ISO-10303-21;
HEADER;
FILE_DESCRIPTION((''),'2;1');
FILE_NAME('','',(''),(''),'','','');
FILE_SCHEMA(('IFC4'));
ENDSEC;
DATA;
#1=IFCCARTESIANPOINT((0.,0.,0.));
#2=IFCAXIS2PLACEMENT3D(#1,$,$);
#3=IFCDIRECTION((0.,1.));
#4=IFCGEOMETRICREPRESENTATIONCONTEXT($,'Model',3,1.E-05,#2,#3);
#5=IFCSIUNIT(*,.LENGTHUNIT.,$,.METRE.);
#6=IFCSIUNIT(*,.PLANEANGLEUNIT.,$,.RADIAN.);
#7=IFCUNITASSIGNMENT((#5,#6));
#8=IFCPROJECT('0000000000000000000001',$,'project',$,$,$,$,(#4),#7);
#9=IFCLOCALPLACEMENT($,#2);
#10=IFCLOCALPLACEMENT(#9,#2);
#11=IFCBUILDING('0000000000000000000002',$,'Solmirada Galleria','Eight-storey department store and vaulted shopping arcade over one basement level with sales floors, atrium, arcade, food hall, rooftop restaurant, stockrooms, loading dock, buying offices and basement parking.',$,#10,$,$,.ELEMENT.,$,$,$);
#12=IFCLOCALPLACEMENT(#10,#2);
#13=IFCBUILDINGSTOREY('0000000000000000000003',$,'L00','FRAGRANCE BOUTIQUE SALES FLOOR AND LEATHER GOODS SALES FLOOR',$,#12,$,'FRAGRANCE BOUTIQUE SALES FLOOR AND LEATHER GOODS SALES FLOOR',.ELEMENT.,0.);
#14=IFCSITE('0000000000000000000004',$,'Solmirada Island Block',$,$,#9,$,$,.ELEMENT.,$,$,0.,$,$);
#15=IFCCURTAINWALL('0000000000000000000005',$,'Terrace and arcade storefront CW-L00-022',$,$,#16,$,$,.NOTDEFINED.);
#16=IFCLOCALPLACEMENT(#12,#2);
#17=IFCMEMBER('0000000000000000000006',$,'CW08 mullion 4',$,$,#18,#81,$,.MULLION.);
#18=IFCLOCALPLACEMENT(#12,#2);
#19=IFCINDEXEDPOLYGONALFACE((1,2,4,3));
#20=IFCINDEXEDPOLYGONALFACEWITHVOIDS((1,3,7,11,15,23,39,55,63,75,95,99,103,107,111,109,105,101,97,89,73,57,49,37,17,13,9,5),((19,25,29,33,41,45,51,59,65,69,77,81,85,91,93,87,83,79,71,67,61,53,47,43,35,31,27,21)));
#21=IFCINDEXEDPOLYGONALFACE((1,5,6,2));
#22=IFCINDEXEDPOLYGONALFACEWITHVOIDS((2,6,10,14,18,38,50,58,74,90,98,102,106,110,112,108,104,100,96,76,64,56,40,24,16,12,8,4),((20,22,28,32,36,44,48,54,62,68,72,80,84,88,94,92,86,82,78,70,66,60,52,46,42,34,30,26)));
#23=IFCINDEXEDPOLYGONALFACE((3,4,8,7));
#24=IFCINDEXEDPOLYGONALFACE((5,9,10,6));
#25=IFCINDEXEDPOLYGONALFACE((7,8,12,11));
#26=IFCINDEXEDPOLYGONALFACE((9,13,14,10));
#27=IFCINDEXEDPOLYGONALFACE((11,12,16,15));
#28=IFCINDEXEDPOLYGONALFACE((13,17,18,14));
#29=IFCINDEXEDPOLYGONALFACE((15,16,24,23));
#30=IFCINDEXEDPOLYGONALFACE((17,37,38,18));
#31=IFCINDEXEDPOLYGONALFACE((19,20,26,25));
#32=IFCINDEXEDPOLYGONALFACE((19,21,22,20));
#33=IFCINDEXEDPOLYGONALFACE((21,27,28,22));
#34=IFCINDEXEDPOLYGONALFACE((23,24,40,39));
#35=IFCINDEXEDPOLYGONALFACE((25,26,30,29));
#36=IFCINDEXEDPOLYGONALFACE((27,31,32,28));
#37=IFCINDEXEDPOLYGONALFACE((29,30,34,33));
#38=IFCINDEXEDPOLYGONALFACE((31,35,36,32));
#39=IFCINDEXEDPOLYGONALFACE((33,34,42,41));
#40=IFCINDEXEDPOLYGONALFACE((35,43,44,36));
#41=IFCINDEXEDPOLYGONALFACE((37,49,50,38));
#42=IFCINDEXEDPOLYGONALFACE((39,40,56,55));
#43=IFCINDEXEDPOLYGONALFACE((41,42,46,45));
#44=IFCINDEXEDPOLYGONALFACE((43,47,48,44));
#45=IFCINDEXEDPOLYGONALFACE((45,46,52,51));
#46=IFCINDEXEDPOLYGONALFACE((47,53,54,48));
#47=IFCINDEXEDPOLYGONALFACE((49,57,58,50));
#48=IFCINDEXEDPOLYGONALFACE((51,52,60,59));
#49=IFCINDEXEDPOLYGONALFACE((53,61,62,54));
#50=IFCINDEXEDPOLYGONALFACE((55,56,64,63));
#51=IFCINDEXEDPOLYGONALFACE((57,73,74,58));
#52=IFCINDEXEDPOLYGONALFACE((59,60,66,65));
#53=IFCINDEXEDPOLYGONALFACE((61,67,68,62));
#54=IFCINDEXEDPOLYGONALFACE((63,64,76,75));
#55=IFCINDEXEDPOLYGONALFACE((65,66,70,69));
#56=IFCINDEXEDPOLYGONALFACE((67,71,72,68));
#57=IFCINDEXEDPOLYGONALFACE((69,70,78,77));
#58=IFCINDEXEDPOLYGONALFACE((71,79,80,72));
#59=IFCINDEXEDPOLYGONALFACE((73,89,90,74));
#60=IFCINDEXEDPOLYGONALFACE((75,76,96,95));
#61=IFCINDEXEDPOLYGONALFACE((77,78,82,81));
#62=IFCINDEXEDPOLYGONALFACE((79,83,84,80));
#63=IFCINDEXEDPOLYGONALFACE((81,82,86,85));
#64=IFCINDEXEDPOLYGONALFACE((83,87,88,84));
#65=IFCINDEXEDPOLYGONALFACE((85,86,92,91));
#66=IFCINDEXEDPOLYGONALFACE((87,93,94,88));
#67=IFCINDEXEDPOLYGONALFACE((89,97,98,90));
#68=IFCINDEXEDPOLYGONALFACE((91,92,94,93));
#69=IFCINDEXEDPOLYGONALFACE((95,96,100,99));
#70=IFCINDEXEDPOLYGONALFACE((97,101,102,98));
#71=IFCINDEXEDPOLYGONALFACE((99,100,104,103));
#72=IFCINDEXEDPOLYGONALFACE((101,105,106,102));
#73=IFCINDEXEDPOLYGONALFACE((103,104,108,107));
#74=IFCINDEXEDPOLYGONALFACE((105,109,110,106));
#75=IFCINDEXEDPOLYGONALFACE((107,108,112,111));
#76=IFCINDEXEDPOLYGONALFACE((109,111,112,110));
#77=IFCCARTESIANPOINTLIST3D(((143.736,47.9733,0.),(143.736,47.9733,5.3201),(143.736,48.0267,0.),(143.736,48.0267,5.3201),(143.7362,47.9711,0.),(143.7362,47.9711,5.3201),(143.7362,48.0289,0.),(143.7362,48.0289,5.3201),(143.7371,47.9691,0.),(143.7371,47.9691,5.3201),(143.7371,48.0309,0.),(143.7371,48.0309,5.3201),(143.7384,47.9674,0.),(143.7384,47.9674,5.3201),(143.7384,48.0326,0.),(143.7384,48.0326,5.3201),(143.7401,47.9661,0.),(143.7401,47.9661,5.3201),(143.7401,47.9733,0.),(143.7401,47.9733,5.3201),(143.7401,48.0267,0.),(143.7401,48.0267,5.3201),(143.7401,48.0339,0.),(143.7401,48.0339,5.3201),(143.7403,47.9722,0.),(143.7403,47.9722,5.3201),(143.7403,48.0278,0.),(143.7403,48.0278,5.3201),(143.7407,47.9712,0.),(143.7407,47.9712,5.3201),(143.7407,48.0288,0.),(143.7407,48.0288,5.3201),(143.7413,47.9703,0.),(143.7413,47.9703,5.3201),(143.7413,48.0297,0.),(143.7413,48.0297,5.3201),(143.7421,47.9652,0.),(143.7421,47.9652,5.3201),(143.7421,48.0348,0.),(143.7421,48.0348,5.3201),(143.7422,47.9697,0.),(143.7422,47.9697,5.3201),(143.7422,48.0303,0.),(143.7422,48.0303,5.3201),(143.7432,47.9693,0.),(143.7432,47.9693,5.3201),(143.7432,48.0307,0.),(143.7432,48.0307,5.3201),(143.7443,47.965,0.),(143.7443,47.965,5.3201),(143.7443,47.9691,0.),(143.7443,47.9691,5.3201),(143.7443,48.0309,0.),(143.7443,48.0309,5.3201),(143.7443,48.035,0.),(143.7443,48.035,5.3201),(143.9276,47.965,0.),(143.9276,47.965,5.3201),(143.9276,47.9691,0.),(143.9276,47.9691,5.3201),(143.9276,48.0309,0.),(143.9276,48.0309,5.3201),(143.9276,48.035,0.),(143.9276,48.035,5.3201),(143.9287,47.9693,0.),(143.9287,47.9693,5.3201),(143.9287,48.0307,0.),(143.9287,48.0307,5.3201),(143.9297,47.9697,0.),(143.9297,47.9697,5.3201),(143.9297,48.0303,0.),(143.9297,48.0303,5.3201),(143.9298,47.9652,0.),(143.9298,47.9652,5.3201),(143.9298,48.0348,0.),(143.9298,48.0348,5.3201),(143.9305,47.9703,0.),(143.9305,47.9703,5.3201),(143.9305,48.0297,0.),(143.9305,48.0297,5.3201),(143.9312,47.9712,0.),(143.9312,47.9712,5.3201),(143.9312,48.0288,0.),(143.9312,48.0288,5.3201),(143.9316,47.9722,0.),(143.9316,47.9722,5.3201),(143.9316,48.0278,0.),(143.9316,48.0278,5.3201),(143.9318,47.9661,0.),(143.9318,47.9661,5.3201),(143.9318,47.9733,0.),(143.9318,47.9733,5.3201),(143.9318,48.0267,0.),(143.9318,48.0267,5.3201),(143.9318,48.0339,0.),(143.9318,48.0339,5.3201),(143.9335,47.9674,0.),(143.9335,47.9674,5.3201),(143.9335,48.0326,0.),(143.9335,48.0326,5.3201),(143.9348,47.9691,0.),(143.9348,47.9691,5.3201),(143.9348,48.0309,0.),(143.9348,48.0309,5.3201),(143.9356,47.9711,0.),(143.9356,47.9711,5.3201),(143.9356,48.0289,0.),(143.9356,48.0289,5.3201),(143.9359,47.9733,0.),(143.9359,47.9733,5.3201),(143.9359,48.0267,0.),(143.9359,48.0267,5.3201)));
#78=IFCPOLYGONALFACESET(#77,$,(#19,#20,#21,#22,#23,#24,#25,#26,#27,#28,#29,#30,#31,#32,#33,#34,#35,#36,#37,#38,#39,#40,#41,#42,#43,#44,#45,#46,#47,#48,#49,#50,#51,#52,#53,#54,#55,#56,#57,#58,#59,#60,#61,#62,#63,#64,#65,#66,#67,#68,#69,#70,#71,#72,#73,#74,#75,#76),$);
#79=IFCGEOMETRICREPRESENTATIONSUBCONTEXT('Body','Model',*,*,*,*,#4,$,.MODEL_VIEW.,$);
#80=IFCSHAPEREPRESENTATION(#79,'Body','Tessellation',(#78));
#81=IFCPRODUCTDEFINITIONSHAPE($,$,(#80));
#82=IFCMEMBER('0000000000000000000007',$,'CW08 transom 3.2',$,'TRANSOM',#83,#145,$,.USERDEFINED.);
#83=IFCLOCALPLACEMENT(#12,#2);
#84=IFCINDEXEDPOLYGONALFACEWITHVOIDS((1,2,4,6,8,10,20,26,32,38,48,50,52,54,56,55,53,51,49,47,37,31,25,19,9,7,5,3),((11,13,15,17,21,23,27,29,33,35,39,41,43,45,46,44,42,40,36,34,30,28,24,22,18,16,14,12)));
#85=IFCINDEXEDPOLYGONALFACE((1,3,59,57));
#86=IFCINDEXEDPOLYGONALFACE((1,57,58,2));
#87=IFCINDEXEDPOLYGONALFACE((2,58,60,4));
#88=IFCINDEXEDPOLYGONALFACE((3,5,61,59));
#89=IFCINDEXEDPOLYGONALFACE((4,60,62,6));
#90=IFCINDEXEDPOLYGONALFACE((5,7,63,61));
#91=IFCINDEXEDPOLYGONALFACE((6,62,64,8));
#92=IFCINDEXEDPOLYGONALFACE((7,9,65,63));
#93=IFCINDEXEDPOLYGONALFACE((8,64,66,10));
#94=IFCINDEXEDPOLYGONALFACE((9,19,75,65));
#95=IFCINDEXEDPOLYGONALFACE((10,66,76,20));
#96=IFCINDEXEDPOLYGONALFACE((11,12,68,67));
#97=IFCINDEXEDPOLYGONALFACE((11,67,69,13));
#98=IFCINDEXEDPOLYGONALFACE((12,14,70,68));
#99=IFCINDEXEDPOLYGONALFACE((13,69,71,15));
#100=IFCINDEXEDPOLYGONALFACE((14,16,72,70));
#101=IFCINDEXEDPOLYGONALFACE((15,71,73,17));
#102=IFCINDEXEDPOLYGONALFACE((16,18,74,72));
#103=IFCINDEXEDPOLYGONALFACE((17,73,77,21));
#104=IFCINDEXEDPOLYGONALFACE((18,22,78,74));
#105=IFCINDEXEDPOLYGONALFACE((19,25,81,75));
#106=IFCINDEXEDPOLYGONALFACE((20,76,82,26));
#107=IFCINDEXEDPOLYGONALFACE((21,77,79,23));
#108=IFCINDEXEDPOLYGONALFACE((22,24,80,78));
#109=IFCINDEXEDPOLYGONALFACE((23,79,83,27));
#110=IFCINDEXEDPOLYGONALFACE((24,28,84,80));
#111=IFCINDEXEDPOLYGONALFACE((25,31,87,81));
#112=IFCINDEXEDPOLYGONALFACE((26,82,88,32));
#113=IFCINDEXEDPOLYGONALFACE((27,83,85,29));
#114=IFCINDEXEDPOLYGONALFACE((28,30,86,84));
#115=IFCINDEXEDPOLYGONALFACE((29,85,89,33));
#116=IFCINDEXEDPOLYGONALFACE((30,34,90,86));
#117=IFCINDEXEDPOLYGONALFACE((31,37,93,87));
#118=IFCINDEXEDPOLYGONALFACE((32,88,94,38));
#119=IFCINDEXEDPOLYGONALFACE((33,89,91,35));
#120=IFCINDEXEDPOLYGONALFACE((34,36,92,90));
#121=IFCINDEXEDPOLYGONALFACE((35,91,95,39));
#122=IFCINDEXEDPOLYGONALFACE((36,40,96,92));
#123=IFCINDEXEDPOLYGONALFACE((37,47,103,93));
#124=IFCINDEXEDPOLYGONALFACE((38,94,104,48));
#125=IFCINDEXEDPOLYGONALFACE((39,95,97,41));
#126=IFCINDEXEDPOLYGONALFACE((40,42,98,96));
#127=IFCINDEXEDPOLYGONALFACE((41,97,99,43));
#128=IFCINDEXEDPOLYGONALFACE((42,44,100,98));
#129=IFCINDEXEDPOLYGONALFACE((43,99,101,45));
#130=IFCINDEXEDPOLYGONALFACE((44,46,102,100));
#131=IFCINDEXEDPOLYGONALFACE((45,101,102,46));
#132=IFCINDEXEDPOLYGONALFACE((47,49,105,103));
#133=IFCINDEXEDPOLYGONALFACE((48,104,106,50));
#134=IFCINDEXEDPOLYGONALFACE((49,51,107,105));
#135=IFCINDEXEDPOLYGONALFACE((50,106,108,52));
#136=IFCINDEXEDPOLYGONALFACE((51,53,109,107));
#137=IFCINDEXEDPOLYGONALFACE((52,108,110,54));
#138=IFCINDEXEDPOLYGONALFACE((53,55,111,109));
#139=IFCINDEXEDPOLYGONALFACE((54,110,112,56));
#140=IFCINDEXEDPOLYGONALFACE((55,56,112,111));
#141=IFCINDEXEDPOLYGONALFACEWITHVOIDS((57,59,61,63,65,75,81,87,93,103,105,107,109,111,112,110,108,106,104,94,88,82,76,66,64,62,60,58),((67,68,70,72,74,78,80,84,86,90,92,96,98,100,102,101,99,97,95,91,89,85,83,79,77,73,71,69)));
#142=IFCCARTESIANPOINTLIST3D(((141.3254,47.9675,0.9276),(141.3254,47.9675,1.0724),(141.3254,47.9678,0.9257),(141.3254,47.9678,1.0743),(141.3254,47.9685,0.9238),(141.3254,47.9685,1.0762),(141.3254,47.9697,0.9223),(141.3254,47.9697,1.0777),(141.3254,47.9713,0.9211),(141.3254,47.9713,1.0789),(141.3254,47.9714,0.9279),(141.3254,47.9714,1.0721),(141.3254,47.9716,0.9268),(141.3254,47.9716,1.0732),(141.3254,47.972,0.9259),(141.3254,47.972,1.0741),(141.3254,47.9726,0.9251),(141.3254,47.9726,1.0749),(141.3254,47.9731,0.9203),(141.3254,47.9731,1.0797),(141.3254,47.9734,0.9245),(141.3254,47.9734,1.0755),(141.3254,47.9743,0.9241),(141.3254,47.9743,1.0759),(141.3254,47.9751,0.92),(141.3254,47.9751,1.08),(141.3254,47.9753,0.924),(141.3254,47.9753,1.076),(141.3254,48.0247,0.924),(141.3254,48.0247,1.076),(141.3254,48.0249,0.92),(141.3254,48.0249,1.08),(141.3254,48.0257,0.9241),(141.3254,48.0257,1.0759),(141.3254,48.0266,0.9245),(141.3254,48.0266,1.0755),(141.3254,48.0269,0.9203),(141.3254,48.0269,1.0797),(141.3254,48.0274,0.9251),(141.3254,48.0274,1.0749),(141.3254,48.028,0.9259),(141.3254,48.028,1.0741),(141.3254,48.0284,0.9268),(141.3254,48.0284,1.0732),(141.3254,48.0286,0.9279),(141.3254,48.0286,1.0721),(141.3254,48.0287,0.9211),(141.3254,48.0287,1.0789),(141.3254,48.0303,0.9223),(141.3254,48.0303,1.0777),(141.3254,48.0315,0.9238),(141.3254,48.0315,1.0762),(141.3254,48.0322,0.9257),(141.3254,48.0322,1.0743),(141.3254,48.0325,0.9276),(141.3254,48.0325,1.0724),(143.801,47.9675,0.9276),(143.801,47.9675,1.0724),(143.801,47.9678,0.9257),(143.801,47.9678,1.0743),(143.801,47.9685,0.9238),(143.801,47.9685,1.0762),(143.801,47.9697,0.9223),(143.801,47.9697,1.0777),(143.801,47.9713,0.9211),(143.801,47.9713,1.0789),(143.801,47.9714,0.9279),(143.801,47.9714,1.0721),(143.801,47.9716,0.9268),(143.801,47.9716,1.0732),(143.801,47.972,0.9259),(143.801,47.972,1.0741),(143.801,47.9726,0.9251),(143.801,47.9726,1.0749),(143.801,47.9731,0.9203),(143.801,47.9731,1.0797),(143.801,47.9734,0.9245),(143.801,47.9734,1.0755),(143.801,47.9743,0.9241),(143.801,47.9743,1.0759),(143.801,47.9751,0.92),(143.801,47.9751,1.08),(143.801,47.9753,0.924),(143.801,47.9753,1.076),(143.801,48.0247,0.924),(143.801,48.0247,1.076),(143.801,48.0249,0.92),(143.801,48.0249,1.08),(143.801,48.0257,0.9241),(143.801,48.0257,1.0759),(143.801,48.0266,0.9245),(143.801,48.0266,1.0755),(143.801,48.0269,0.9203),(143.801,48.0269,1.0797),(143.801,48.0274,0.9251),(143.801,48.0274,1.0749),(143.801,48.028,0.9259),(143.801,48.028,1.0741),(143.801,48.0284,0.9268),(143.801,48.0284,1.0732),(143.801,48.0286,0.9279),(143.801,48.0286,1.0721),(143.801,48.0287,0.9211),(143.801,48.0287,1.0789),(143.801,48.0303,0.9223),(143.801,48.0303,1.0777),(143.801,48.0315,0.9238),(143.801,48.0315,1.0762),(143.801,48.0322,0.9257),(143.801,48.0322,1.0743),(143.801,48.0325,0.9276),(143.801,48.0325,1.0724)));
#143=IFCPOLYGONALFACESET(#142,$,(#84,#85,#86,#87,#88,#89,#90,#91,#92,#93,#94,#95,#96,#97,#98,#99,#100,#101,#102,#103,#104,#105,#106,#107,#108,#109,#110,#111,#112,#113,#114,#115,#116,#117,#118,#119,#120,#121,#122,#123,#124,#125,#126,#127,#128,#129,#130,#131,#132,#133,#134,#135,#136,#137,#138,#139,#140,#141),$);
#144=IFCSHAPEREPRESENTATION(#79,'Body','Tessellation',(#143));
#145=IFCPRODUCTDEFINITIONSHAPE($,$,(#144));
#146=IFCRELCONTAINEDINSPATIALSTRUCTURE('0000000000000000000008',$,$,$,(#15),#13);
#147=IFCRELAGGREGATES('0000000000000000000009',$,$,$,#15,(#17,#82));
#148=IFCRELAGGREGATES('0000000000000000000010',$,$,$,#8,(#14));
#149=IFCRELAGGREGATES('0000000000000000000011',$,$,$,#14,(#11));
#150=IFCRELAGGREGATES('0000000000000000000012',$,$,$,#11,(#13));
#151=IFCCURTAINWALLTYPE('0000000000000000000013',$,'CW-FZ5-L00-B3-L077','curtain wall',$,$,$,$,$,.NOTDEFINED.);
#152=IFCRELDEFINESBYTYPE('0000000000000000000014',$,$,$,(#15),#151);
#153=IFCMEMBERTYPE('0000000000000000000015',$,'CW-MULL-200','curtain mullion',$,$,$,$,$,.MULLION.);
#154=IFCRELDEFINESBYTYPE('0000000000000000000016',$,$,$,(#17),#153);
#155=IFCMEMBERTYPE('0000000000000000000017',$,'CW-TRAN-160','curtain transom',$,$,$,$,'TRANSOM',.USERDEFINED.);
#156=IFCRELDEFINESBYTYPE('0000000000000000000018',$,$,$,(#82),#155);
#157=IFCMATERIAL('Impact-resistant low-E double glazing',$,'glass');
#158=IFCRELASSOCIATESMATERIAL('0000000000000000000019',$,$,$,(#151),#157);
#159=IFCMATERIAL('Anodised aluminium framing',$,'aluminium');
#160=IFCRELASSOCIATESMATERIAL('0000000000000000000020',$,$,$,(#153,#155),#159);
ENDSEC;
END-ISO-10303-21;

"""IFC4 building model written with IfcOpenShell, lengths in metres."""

from ifc_helpers import new_model, si_unit, direction, frame, origin, origin_2d, place, context, subcontext, project, spatial, hollow_rectangle, extrude, material, material_profile, profile_set, type_object, element, aggregate, save


model = new_model("IFC4")

# Units and contexts
model_context = context("Model", 3, precision=1e-05, world=origin(), true_north=direction((0.0, 1.0)))
body_context = subcontext(model_context, "Body", "Model", "MODEL_VIEW")
ifc_project = project(units=[si_unit("LENGTHUNIT", "METRE"), si_unit("PLANEANGLEUNIT", "RADIAN")], contexts=[model_context])

# Site, building, storey
site_placement = place(None, origin())
site = spatial("IfcSite", under=ifc_project, at=site_placement, Name="Solmirada Island Block", CompositionType="ELEMENT", RefElevation=0.0)
building_placement = place(site_placement, origin())
building = spatial("IfcBuilding", under=site, at=building_placement, Name="Solmirada Galleria", Description="Eight-storey department store and vaulted shopping arcade over one basement level with sales floors, atrium, arcade, food hall, rooftop restaurant, stockrooms, loading dock, buying offices and basement parking.", CompositionType="ELEMENT")
storey_placement = place(building_placement, origin())
storey = spatial("IfcBuildingStorey", under=building, at=storey_placement, Name="L00", Description="FRAGRANCE BOUTIQUE SALES FLOOR AND LEATHER GOODS SALES FLOOR", LongName="FRAGRANCE BOUTIQUE SALES FLOOR AND LEATHER GOODS SALES FLOOR", CompositionType="ELEMENT", Elevation=0.0)

# Curtain wall, members
ifc_material_1 = material(Name="Impact-resistant low-E double glazing", Category="glass")
curtain_wall_type = type_object("IfcCurtainWallType", Name="CW-FZ5-L00-B3-L077", Description="curtain wall", PredefinedType="NOTDEFINED", material=ifc_material_1)
curtain_wall_placement = place(storey_placement, origin())
curtain_wall = element("IfcCurtainWall", 1, at=curtain_wall_placement, inside=storey, type_object=curtain_wall_type, Name="Terrace and arcade storefront CW-L00-022", PredefinedType="NOTDEFINED")
ifc_material_2 = material(Name="Anodised aluminium framing", Category="aluminium")
ifc_material_profile_1 = material_profile(ifc_material_2, hollow_rectangle(XDim=0.0701, YDim=0.2, WallThickness=0.0042, InnerFilletRadius=0.0042, OuterFilletRadius=0.0083, at=origin_2d()), Name="ALU-MULL-200X70")
ifc_profile_set_1 = profile_set([ifc_material_profile_1], Name="Anodised aluminium framing")
member_type_1 = type_object("IfcMemberType", Name="CW-MULL-200", Description="curtain mullion", PredefinedType="MULLION", material=ifc_profile_set_1)
member_1_placement = place(storey_placement, frame((143.8359, 48.0, 0.0), z_axis=(0.0, 0.0, 1.0), x_axis=(0.0, 1.0, 0.0)))
member_1 = element("IfcMember", 2, at=member_1_placement, type_object=member_type_1, Name="CW08 mullion 4", PredefinedType="MULLION", context=body_context, shape_type="SweptSolid", body=[
    extrude(hollow_rectangle(XDim=0.0701, YDim=0.2, WallThickness=0.0042, InnerFilletRadius=0.0042, OuterFilletRadius=0.0083, at=origin_2d()), origin(), (0.0, 0.0, 1.0), 5.3201),
])
ifc_material_profile_2 = material_profile(ifc_material_2, hollow_rectangle(XDim=0.0649, YDim=0.1599, WallThickness=0.0039, InnerFilletRadius=0.0039, OuterFilletRadius=0.0076, at=origin_2d()), Name="ALU-TRAN-160X65")
ifc_profile_set_2 = profile_set([ifc_material_profile_2], Name="Anodised aluminium framing")
member_type_2 = type_object("IfcMemberType", Name="CW-TRAN-160", Description="curtain transom", ElementType="TRANSOM", PredefinedType="USERDEFINED", material=ifc_profile_set_2)
member_2_placement = place(storey_placement, frame((141.3254, 48.0, 1.0), z_axis=(1.0, 0.0, 0.0), x_axis=(0.0, 1.0, 0.0)))
member_2 = element("IfcMember", 3, at=member_2_placement, type_object=member_type_2, Name="CW08 transom 3.2", ObjectType="TRANSOM", PredefinedType="USERDEFINED", context=body_context, shape_type="SweptSolid", body=[
    extrude(hollow_rectangle(XDim=0.0649, YDim=0.1599, WallThickness=0.0039, InnerFilletRadius=0.0039, OuterFilletRadius=0.0076, at=origin_2d()), origin(), (0.0, 0.0, 1.0), 2.4756),
])
aggregate(curtain_wall, [member_1, member_2])

save(model, "model.ifc")
